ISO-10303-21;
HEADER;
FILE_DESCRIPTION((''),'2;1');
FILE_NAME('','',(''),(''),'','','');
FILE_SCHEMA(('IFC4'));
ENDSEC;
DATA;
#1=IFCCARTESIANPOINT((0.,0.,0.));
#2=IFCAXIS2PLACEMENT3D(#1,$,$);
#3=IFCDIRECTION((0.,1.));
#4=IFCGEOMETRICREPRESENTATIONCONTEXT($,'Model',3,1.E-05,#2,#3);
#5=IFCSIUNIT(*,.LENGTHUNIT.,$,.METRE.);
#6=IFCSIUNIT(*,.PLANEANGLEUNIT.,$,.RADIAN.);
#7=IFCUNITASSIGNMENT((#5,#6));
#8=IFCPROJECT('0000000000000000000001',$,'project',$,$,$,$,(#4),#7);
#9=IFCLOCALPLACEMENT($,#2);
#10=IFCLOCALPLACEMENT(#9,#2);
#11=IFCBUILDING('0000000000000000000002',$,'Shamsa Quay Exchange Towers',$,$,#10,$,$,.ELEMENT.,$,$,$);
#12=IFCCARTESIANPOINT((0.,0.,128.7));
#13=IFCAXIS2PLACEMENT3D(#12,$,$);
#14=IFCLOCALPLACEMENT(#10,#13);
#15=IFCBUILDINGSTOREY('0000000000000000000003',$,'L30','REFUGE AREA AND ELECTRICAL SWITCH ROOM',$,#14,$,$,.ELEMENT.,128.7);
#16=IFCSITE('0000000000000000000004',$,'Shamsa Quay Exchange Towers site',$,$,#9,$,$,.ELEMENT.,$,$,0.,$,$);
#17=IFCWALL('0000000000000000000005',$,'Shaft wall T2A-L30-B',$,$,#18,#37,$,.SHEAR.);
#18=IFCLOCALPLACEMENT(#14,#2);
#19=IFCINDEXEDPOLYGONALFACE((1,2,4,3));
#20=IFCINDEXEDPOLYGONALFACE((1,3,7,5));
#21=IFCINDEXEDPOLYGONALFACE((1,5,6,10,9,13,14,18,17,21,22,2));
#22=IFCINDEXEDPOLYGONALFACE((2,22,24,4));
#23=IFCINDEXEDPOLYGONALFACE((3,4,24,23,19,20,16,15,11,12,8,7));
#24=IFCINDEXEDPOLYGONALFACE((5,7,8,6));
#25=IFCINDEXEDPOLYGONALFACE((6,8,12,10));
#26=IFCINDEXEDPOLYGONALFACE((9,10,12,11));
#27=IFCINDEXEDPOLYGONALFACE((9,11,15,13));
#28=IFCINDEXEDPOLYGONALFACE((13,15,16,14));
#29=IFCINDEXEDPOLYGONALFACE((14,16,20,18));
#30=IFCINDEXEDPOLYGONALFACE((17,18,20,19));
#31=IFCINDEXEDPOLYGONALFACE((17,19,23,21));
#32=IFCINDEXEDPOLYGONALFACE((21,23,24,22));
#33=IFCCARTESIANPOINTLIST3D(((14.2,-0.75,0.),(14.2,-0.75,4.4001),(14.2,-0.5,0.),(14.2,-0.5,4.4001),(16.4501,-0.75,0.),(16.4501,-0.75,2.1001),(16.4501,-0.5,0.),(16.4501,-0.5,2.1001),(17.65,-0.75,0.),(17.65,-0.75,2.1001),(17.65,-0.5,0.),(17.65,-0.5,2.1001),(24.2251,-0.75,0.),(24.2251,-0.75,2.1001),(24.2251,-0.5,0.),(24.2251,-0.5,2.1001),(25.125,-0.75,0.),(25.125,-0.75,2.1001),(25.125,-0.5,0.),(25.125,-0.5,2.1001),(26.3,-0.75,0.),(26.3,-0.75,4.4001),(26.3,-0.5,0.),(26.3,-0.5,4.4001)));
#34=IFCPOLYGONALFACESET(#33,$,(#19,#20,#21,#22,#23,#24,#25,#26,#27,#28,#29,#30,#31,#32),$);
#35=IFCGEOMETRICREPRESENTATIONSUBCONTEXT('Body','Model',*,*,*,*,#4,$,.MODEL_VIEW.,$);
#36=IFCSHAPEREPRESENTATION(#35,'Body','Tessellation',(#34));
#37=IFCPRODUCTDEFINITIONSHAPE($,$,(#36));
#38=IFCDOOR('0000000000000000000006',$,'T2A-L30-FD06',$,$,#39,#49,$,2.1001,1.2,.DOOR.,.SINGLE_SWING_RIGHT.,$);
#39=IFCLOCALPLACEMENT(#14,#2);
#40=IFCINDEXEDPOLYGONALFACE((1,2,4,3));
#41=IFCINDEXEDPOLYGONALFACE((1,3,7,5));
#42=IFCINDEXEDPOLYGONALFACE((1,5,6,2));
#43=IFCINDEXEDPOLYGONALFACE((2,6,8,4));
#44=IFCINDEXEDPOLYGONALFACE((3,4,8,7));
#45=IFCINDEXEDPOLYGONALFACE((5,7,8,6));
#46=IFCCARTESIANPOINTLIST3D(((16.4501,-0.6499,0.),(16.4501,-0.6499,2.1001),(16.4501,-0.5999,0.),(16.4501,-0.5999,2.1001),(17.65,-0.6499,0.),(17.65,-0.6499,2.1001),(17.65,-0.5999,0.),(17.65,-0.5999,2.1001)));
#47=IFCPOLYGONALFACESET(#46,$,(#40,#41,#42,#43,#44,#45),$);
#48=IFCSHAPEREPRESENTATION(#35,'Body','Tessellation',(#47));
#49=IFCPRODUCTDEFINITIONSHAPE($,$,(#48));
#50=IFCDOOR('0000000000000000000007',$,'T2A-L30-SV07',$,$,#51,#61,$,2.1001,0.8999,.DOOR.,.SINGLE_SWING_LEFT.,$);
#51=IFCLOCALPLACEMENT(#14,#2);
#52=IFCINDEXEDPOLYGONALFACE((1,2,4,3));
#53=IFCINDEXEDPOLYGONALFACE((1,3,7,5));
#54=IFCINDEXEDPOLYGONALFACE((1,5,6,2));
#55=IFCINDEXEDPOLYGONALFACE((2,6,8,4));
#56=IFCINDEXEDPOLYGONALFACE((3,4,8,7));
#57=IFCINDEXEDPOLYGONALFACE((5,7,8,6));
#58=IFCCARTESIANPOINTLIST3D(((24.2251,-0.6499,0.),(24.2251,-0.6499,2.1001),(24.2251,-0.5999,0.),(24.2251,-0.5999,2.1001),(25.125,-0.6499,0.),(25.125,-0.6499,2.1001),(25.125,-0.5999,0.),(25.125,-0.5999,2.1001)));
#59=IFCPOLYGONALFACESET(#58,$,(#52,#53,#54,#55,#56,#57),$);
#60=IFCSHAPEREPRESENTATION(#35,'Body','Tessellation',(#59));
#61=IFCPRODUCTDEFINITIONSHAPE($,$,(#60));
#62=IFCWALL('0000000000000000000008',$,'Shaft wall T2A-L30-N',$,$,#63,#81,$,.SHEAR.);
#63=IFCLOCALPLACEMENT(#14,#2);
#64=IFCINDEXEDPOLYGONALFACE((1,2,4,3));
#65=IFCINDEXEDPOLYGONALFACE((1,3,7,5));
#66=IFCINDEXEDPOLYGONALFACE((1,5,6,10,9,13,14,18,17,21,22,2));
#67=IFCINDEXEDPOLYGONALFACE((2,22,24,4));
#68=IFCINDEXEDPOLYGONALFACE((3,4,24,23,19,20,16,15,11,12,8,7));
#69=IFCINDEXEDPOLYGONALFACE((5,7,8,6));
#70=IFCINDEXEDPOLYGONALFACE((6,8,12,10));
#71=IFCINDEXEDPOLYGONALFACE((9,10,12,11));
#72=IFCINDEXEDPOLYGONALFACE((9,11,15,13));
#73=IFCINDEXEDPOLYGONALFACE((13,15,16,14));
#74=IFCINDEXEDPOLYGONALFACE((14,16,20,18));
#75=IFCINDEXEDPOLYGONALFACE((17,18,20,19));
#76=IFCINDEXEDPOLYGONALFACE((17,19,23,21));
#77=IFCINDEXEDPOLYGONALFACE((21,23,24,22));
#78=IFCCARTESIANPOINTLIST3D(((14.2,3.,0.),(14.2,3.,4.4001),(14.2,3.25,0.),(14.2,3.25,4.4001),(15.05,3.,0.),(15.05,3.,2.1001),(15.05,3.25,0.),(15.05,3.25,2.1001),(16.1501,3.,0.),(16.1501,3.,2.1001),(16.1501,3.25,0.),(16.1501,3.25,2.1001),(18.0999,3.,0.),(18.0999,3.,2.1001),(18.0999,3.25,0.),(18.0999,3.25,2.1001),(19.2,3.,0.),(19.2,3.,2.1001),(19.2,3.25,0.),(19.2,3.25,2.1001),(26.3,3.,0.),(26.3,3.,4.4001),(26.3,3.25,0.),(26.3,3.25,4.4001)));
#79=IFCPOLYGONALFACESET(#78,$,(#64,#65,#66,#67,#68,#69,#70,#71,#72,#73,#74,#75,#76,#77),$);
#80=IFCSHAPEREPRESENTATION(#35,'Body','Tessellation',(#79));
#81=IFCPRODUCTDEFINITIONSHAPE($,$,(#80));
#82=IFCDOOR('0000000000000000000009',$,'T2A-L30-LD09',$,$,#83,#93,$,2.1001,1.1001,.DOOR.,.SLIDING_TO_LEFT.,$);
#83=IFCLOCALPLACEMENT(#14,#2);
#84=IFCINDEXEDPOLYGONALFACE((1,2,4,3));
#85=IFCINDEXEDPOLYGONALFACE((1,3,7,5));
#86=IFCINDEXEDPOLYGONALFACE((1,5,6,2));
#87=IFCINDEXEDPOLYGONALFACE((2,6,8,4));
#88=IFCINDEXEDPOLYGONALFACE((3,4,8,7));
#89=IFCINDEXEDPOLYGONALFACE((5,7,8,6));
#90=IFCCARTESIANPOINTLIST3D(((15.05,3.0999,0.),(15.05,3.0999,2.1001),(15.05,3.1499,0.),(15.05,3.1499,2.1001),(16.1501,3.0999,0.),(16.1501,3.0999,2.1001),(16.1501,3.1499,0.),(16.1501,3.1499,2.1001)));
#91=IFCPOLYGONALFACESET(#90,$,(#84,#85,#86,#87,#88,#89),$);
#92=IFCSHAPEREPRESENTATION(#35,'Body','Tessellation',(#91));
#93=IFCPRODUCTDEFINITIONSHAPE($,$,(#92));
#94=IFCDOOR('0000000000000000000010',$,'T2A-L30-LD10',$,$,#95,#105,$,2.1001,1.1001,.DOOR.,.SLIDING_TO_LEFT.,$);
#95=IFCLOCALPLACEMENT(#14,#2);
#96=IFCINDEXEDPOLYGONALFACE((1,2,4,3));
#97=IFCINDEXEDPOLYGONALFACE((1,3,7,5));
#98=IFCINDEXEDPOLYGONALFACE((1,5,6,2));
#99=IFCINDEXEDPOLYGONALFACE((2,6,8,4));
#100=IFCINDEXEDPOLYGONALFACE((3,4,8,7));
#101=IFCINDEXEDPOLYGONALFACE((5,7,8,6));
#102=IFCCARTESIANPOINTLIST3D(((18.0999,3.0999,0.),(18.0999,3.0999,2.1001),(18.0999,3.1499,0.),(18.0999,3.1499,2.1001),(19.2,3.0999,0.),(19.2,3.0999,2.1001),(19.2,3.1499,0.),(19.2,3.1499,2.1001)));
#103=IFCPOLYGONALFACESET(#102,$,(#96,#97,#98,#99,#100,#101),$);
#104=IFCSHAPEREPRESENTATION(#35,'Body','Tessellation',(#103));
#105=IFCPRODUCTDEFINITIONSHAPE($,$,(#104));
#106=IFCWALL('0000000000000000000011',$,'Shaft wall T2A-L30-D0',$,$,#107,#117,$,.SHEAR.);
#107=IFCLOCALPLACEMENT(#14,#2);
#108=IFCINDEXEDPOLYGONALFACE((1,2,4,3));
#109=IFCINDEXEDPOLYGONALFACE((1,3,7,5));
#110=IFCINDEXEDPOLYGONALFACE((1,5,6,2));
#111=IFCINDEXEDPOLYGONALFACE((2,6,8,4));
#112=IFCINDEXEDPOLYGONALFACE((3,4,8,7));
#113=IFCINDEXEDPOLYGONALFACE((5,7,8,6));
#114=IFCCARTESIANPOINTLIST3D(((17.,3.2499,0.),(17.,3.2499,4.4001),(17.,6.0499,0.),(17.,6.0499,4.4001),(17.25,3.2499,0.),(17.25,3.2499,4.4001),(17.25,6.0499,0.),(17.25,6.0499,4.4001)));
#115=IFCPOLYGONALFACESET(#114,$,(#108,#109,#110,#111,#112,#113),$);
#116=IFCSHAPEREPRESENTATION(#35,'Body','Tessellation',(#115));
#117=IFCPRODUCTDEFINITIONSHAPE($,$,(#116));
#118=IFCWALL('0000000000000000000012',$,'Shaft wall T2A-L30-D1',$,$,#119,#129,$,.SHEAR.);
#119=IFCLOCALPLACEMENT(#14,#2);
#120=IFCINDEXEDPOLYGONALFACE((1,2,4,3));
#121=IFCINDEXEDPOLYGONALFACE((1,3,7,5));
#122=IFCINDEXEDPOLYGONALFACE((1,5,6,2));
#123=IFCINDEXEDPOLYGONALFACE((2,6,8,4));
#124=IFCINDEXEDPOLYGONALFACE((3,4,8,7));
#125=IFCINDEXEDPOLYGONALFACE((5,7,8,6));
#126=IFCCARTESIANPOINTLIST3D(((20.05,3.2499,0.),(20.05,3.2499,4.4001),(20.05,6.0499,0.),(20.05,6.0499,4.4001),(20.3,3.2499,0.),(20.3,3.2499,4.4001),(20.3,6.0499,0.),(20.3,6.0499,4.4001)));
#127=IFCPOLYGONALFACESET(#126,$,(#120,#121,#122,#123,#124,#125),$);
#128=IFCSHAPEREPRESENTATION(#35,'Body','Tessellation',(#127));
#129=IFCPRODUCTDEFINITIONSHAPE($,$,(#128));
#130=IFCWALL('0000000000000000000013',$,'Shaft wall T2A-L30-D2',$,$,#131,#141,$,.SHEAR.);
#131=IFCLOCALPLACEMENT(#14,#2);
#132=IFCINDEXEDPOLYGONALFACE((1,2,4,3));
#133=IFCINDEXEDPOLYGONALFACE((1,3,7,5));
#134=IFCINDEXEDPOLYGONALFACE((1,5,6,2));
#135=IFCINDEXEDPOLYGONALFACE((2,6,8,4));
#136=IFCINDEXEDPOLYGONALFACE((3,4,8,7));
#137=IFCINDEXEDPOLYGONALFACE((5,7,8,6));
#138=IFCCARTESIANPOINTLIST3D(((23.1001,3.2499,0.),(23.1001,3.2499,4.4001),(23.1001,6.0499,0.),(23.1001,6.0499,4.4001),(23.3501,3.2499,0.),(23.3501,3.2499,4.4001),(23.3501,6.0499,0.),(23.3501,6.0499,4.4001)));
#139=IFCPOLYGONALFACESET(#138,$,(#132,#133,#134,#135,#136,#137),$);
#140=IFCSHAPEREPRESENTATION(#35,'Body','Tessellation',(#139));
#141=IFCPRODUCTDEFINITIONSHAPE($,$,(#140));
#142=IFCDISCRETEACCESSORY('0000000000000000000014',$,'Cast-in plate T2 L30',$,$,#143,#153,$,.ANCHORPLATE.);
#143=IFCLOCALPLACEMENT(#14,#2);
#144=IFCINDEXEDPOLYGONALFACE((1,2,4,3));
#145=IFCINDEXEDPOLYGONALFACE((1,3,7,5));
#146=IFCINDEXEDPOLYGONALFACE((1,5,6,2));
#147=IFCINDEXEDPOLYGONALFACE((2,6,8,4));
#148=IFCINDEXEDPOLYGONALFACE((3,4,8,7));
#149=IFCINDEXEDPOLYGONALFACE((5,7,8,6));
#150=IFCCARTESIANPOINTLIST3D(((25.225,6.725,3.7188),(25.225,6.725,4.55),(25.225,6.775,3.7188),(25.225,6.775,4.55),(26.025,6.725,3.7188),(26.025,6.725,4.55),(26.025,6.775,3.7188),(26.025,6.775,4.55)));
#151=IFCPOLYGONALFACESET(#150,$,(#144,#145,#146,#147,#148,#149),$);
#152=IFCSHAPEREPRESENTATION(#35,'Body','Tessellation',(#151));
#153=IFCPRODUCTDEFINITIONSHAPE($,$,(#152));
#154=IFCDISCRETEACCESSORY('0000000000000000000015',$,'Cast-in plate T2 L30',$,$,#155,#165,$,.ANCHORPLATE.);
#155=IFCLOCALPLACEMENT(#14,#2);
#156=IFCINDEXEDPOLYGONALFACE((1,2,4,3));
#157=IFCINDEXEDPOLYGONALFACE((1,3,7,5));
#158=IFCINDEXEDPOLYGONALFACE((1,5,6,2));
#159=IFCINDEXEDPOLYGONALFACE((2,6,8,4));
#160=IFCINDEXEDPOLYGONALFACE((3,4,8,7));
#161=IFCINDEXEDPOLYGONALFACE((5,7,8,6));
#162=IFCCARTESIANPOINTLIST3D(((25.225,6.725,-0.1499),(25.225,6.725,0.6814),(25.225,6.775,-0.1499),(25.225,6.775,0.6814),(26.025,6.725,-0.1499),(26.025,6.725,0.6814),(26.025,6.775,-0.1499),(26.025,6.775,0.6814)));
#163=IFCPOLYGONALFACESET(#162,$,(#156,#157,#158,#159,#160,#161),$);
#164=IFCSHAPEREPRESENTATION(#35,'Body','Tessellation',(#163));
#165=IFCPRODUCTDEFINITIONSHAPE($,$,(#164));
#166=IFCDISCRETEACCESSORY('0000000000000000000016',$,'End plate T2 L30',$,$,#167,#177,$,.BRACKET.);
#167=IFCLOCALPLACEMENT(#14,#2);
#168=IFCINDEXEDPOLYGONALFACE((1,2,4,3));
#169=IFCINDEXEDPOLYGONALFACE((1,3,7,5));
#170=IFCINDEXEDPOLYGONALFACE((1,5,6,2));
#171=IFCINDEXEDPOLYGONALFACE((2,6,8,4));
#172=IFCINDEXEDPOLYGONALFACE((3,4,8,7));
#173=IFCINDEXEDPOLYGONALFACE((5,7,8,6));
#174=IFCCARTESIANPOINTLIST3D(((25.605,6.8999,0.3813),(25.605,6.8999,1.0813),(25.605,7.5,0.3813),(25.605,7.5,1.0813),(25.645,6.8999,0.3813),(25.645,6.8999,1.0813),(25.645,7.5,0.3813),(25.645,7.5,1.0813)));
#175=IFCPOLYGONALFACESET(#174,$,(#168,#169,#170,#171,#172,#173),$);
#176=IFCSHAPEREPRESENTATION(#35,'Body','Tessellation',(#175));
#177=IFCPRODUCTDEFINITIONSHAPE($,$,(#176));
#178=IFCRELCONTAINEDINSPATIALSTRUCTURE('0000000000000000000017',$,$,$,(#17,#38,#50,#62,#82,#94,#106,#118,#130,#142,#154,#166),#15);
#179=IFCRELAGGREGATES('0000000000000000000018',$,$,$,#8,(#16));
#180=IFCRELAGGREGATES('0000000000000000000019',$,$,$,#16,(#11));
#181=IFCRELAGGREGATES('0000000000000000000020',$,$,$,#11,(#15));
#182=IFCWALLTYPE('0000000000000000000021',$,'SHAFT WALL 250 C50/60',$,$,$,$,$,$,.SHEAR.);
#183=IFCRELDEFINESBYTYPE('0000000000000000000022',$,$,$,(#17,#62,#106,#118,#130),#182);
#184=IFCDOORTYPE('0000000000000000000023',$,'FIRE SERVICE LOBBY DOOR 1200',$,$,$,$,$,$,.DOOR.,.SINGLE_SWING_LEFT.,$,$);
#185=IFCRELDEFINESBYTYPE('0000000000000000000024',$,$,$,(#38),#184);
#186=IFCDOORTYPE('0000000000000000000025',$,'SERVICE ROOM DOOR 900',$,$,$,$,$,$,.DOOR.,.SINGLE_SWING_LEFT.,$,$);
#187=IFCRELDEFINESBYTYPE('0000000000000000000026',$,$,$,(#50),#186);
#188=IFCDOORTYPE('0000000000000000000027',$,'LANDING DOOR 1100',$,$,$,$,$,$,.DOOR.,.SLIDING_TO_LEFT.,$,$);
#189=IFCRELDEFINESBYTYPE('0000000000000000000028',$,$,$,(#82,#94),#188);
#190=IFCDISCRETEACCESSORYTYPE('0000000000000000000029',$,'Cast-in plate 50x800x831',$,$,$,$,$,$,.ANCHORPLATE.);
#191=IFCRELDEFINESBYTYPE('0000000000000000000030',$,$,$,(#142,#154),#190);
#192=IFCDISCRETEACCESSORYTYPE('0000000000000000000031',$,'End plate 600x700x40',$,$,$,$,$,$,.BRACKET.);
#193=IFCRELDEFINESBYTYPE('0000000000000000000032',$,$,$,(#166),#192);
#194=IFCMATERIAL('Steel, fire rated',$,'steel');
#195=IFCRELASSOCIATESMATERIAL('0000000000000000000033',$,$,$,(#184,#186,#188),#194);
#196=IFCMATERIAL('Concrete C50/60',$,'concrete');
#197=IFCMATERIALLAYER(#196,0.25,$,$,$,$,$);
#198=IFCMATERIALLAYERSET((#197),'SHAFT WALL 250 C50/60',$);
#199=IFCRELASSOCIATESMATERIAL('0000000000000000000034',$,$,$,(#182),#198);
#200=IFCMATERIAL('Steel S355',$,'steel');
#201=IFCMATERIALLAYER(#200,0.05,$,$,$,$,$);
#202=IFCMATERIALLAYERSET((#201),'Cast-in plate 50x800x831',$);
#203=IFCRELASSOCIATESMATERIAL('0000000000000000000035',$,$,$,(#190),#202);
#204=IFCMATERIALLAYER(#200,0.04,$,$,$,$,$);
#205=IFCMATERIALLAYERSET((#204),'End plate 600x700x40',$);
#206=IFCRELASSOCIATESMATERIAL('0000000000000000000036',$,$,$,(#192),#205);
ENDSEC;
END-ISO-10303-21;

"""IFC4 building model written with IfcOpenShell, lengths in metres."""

from ifc_helpers import new_model, si_unit, direction, frame, frame_2d, origin, origin_2d, place, context, subcontext, project, spatial, rectangle, extrude, material, layer, layer_set, type_object, element, fill, save


model = new_model("IFC4")

# Units and contexts
model_context = context("Model", 3, precision=1e-05, world=origin(), true_north=direction((0.0, 1.0)))
body_context = subcontext(model_context, "Body", "Model", "MODEL_VIEW")
ifc_project = project(units=[si_unit("LENGTHUNIT", "METRE"), si_unit("PLANEANGLEUNIT", "RADIAN")], contexts=[model_context])

# Site, building, storey
site_placement = place(None, origin())
site = spatial("IfcSite", under=ifc_project, at=site_placement, Name="Shamsa Quay Exchange Towers site", CompositionType="ELEMENT", RefElevation=0.0)
building_placement = place(site_placement, origin())
building = spatial("IfcBuilding", under=site, at=building_placement, Name="Shamsa Quay Exchange Towers", CompositionType="ELEMENT")
storey_placement = place(building_placement, frame((0.0, 0.0, 128.7)))
storey = spatial("IfcBuildingStorey", under=building, at=storey_placement, Name="L30", Description="REFUGE AREA AND ELECTRICAL SWITCH ROOM", CompositionType="ELEMENT", Elevation=128.7)

# Shared definitions
ifc_material_1 = material(Name="Steel S355", Category="steel")

# Walls, openings, doors
ifc_material_2 = material(Name="Steel, fire rated", Category="steel")
door_type_1 = type_object("IfcDoorType", Name="FIRE SERVICE LOBBY DOOR 1200", OperationType="SINGLE_SWING_LEFT", PredefinedType="DOOR", material=ifc_material_2)
ifc_material_3 = material(Name="Concrete C50/60", Category="concrete")
ifc_layer_1 = layer(ifc_material_3, 0.25)
ifc_layer_set_1 = layer_set([ifc_layer_1], Name="SHAFT WALL 250 C50/60")
wall_type_1 = type_object("IfcWallType", Name="SHAFT WALL 250 C50/60", PredefinedType="SHEAR", material=ifc_layer_set_1)
wall_1_placement = place(storey_placement, frame((26.3, -0.625, 0.0), z_axis=(0.0, 0.0, 1.0), x_axis=(-1.0, 0.0, 0.0)))
wall_1 = element("IfcWall", 1, at=wall_1_placement, inside=storey, type_object=wall_type_1, Name="Shaft wall T2A-L30-B", PredefinedType="SHEAR", context=body_context, shape_type="SweptSolid", body=[
    extrude(rectangle(XDim=12.1001, YDim=0.25, at=frame_2d((6.05, 0.0))), origin(), (0.0, 0.0, 1.0), 4.4001),
])
opening_1_placement = place(wall_1_placement, frame((8.6499, 0.0, 0.0)))
opening_1 = element("IfcOpeningElement", 2, at=opening_1_placement, cuts=wall_1, PredefinedType="OPENING", context=body_context, shape_type="SweptSolid", body=[
    extrude(rectangle(XDim=1.2, YDim=2.1001, at=frame_2d((0.6001, 1.05))), frame((0.0, 0.135, 0.0), z_axis=(0.0, -1.0, 0.0), x_axis=(1.0, 0.0, 0.0)), (0.0, 0.0, 1.0), 0.27),
])
opening_2_placement = place(wall_1_placement, frame((1.175, 0.0, 0.0)))
opening_2 = element("IfcOpeningElement", 3, at=opening_2_placement, cuts=wall_1, PredefinedType="OPENING", context=body_context, shape_type="SweptSolid", body=[
    extrude(rectangle(XDim=0.8999, YDim=2.1001, at=frame_2d((0.45, 1.05))), frame((0.0, 0.135, 0.0), z_axis=(0.0, -1.0, 0.0), x_axis=(1.0, 0.0, 0.0)), (0.0, 0.0, 1.0), 0.27),
])
door_1_placement = place(opening_1_placement, origin())
door_1 = element("IfcDoor", 4, at=door_1_placement, inside=storey, type_object=door_type_1, Name="T2A-L30-FD06", OperationType="SINGLE_SWING_RIGHT", OverallHeight=2.1001, OverallWidth=1.2, PredefinedType="DOOR", context=body_context, shape_type="SweptSolid", body=[
    extrude(rectangle(XDim=1.2, YDim=2.1001, at=frame_2d((0.6001, 1.05))), frame((0.0, 0.0249, 0.0), z_axis=(0.0, -1.0, 0.0), x_axis=(1.0, 0.0, 0.0)), (0.0, 0.0, 1.0), 0.05),
])
fill(opening_1, door_1)
door_type_2 = type_object("IfcDoorType", Name="SERVICE ROOM DOOR 900", OperationType="SINGLE_SWING_LEFT", PredefinedType="DOOR", material=ifc_material_2)
door_2_placement = place(opening_2_placement, origin())
door_2 = element("IfcDoor", 5, at=door_2_placement, inside=storey, type_object=door_type_2, Name="T2A-L30-SV07", OperationType="SINGLE_SWING_LEFT", OverallHeight=2.1001, OverallWidth=0.8999, PredefinedType="DOOR", context=body_context, shape_type="SweptSolid", body=[
    extrude(rectangle(XDim=0.8999, YDim=2.1001, at=frame_2d((0.45, 1.05))), frame((0.0, 0.0249, 0.0), z_axis=(0.0, -1.0, 0.0), x_axis=(1.0, 0.0, 0.0)), (0.0, 0.0, 1.0), 0.05),
])
fill(opening_2, door_2)
wall_2_placement = place(storey_placement, frame((14.2, 3.125, 0.0)))
wall_2 = element("IfcWall", 6, at=wall_2_placement, inside=storey, type_object=wall_type_1, Name="Shaft wall T2A-L30-N", PredefinedType="SHEAR", context=body_context, shape_type="SweptSolid", body=[
    extrude(rectangle(XDim=12.1001, YDim=0.25, at=frame_2d((6.05, 0.0))), origin(), (0.0, 0.0, 1.0), 4.4001),
])
opening_3_placement = place(wall_2_placement, frame((0.8501, 0.0, 0.0)))
opening_3 = element("IfcOpeningElement", 7, at=opening_3_placement, cuts=wall_2, PredefinedType="OPENING", context=body_context, shape_type="SweptSolid", body=[
    extrude(rectangle(XDim=1.1001, YDim=2.1001, at=frame_2d((0.55, 1.05))), frame((0.0, 0.135, 0.0), z_axis=(0.0, -1.0, 0.0), x_axis=(1.0, 0.0, 0.0)), (0.0, 0.0, 1.0), 0.27),
])
opening_4_placement = place(wall_2_placement, frame((3.8999, 0.0, 0.0)))
opening_4 = element("IfcOpeningElement", 8, at=opening_4_placement, cuts=wall_2, PredefinedType="OPENING", context=body_context, shape_type="SweptSolid", body=[
    extrude(rectangle(XDim=1.1001, YDim=2.1001, at=frame_2d((0.55, 1.05))), frame((0.0, 0.135, 0.0), z_axis=(0.0, -1.0, 0.0), x_axis=(1.0, 0.0, 0.0)), (0.0, 0.0, 1.0), 0.27),
])
door_type_3 = type_object("IfcDoorType", Name="LANDING DOOR 1100", OperationType="SLIDING_TO_LEFT", PredefinedType="DOOR", material=ifc_material_2)
door_3_placement = place(opening_3_placement, origin())
door_3 = element("IfcDoor", 9, at=door_3_placement, inside=storey, type_object=door_type_3, Name="T2A-L30-LD09", OperationType="SLIDING_TO_LEFT", OverallHeight=2.1001, OverallWidth=1.1001, PredefinedType="DOOR", context=body_context, shape_type="SweptSolid", body=[
    extrude(rectangle(XDim=1.1001, YDim=2.1001, at=frame_2d((0.55, 1.05))), frame((0.0, 0.0249, 0.0), z_axis=(0.0, -1.0, 0.0), x_axis=(1.0, 0.0, 0.0)), (0.0, 0.0, 1.0), 0.05),
])
fill(opening_3, door_3)
door_4_placement = place(opening_4_placement, origin())
door_4 = element("IfcDoor", 10, at=door_4_placement, inside=storey, type_object=door_type_3, Name="T2A-L30-LD10", OperationType="SLIDING_TO_LEFT", OverallHeight=2.1001, OverallWidth=1.1001, PredefinedType="DOOR", context=body_context, shape_type="SweptSolid", body=[
    extrude(rectangle(XDim=1.1001, YDim=2.1001, at=frame_2d((0.55, 1.05))), frame((0.0, 0.0249, 0.0), z_axis=(0.0, -1.0, 0.0), x_axis=(1.0, 0.0, 0.0)), (0.0, 0.0, 1.0), 0.05),
])
fill(opening_4, door_4)

# Walls
for number, where, z_axis, x_axis, name in (
    (11, (17.125, 3.25, 0.0), (0.0, 0.0, 1.0), (0.0, 1.0, 0.0), "Shaft wall T2A-L30-D0"),
    (12, (20.175, 3.25, 0.0), (0.0, 0.0, 1.0), (0.0, 1.0, 0.0), "Shaft wall T2A-L30-D1"),
    (13, (23.2251, 3.25, 0.0), (0.0, 0.0, 1.0), (0.0, 1.0, 0.0), "Shaft wall T2A-L30-D2"),
):
    element("IfcWall", number, at=place(storey_placement, frame(where, z_axis=z_axis, x_axis=x_axis)), inside=storey, type_object=wall_type_1, Name=name, PredefinedType="SHEAR", context=body_context, shape_type="SweptSolid", body=[
        extrude(rectangle(XDim=2.8, YDim=0.25, at=frame_2d((1.3999, 0.0))), origin(), (0.0, 0.0, 1.0), 4.4001),
    ])

# Discrete accessories
ifc_layer_2 = layer(ifc_material_1, 0.05)
ifc_layer_set_2 = layer_set([ifc_layer_2], Name="Cast-in plate 50x800x831")
discrete_accessory_type_1 = type_object("IfcDiscreteAccessoryType", Name="Cast-in plate 50x800x831", PredefinedType="ANCHORPLATE", material=ifc_layer_set_2)
for number, where, z_axis, x_axis, name in (
    (14, (25.625, 6.75, 3.7188), (0.0, 0.0, 1.0), (0.0, -1.0, 0.0), "Cast-in plate T2 L30"),
    (15, (25.625, 6.75, -0.1499), (0.0, 0.0, 1.0), (0.0, -1.0, 0.0), "Cast-in plate T2 L30"),
):
    element("IfcDiscreteAccessory", number, at=place(storey_placement, frame(where, z_axis=z_axis, x_axis=x_axis)), inside=storey, type_object=discrete_accessory_type_1, Name=name, PredefinedType="ANCHORPLATE", context=body_context, shape_type="SweptSolid", body=[
        extrude(rectangle(XDim=0.05, YDim=0.8, at=origin_2d()), origin(), (0.0, 0.0, 1.0), 0.8313),
    ])
ifc_layer_3 = layer(ifc_material_1, 0.04)
ifc_layer_set_3 = layer_set([ifc_layer_3], Name="End plate 600x700x40")
discrete_accessory_type_2 = type_object("IfcDiscreteAccessoryType", Name="End plate 600x700x40", PredefinedType="BRACKET", material=ifc_layer_set_3)
for number, where, z_axis, x_axis, name in (
    (16, (25.625, 7.2, 0.3813), (0.0, 0.0, 1.0), (0.0, -1.0, 0.0), "End plate T2 L30"),
):
    element("IfcDiscreteAccessory", number, at=place(storey_placement, frame(where, z_axis=z_axis, x_axis=x_axis)), inside=storey, type_object=discrete_accessory_type_2, Name=name, PredefinedType="BRACKET", context=body_context, shape_type="SweptSolid", body=[
        extrude(rectangle(XDim=0.6001, YDim=0.04, at=origin_2d()), origin(), (0.0, 0.0, 1.0), 0.7),
    ])

save(model, "model.ifc")
